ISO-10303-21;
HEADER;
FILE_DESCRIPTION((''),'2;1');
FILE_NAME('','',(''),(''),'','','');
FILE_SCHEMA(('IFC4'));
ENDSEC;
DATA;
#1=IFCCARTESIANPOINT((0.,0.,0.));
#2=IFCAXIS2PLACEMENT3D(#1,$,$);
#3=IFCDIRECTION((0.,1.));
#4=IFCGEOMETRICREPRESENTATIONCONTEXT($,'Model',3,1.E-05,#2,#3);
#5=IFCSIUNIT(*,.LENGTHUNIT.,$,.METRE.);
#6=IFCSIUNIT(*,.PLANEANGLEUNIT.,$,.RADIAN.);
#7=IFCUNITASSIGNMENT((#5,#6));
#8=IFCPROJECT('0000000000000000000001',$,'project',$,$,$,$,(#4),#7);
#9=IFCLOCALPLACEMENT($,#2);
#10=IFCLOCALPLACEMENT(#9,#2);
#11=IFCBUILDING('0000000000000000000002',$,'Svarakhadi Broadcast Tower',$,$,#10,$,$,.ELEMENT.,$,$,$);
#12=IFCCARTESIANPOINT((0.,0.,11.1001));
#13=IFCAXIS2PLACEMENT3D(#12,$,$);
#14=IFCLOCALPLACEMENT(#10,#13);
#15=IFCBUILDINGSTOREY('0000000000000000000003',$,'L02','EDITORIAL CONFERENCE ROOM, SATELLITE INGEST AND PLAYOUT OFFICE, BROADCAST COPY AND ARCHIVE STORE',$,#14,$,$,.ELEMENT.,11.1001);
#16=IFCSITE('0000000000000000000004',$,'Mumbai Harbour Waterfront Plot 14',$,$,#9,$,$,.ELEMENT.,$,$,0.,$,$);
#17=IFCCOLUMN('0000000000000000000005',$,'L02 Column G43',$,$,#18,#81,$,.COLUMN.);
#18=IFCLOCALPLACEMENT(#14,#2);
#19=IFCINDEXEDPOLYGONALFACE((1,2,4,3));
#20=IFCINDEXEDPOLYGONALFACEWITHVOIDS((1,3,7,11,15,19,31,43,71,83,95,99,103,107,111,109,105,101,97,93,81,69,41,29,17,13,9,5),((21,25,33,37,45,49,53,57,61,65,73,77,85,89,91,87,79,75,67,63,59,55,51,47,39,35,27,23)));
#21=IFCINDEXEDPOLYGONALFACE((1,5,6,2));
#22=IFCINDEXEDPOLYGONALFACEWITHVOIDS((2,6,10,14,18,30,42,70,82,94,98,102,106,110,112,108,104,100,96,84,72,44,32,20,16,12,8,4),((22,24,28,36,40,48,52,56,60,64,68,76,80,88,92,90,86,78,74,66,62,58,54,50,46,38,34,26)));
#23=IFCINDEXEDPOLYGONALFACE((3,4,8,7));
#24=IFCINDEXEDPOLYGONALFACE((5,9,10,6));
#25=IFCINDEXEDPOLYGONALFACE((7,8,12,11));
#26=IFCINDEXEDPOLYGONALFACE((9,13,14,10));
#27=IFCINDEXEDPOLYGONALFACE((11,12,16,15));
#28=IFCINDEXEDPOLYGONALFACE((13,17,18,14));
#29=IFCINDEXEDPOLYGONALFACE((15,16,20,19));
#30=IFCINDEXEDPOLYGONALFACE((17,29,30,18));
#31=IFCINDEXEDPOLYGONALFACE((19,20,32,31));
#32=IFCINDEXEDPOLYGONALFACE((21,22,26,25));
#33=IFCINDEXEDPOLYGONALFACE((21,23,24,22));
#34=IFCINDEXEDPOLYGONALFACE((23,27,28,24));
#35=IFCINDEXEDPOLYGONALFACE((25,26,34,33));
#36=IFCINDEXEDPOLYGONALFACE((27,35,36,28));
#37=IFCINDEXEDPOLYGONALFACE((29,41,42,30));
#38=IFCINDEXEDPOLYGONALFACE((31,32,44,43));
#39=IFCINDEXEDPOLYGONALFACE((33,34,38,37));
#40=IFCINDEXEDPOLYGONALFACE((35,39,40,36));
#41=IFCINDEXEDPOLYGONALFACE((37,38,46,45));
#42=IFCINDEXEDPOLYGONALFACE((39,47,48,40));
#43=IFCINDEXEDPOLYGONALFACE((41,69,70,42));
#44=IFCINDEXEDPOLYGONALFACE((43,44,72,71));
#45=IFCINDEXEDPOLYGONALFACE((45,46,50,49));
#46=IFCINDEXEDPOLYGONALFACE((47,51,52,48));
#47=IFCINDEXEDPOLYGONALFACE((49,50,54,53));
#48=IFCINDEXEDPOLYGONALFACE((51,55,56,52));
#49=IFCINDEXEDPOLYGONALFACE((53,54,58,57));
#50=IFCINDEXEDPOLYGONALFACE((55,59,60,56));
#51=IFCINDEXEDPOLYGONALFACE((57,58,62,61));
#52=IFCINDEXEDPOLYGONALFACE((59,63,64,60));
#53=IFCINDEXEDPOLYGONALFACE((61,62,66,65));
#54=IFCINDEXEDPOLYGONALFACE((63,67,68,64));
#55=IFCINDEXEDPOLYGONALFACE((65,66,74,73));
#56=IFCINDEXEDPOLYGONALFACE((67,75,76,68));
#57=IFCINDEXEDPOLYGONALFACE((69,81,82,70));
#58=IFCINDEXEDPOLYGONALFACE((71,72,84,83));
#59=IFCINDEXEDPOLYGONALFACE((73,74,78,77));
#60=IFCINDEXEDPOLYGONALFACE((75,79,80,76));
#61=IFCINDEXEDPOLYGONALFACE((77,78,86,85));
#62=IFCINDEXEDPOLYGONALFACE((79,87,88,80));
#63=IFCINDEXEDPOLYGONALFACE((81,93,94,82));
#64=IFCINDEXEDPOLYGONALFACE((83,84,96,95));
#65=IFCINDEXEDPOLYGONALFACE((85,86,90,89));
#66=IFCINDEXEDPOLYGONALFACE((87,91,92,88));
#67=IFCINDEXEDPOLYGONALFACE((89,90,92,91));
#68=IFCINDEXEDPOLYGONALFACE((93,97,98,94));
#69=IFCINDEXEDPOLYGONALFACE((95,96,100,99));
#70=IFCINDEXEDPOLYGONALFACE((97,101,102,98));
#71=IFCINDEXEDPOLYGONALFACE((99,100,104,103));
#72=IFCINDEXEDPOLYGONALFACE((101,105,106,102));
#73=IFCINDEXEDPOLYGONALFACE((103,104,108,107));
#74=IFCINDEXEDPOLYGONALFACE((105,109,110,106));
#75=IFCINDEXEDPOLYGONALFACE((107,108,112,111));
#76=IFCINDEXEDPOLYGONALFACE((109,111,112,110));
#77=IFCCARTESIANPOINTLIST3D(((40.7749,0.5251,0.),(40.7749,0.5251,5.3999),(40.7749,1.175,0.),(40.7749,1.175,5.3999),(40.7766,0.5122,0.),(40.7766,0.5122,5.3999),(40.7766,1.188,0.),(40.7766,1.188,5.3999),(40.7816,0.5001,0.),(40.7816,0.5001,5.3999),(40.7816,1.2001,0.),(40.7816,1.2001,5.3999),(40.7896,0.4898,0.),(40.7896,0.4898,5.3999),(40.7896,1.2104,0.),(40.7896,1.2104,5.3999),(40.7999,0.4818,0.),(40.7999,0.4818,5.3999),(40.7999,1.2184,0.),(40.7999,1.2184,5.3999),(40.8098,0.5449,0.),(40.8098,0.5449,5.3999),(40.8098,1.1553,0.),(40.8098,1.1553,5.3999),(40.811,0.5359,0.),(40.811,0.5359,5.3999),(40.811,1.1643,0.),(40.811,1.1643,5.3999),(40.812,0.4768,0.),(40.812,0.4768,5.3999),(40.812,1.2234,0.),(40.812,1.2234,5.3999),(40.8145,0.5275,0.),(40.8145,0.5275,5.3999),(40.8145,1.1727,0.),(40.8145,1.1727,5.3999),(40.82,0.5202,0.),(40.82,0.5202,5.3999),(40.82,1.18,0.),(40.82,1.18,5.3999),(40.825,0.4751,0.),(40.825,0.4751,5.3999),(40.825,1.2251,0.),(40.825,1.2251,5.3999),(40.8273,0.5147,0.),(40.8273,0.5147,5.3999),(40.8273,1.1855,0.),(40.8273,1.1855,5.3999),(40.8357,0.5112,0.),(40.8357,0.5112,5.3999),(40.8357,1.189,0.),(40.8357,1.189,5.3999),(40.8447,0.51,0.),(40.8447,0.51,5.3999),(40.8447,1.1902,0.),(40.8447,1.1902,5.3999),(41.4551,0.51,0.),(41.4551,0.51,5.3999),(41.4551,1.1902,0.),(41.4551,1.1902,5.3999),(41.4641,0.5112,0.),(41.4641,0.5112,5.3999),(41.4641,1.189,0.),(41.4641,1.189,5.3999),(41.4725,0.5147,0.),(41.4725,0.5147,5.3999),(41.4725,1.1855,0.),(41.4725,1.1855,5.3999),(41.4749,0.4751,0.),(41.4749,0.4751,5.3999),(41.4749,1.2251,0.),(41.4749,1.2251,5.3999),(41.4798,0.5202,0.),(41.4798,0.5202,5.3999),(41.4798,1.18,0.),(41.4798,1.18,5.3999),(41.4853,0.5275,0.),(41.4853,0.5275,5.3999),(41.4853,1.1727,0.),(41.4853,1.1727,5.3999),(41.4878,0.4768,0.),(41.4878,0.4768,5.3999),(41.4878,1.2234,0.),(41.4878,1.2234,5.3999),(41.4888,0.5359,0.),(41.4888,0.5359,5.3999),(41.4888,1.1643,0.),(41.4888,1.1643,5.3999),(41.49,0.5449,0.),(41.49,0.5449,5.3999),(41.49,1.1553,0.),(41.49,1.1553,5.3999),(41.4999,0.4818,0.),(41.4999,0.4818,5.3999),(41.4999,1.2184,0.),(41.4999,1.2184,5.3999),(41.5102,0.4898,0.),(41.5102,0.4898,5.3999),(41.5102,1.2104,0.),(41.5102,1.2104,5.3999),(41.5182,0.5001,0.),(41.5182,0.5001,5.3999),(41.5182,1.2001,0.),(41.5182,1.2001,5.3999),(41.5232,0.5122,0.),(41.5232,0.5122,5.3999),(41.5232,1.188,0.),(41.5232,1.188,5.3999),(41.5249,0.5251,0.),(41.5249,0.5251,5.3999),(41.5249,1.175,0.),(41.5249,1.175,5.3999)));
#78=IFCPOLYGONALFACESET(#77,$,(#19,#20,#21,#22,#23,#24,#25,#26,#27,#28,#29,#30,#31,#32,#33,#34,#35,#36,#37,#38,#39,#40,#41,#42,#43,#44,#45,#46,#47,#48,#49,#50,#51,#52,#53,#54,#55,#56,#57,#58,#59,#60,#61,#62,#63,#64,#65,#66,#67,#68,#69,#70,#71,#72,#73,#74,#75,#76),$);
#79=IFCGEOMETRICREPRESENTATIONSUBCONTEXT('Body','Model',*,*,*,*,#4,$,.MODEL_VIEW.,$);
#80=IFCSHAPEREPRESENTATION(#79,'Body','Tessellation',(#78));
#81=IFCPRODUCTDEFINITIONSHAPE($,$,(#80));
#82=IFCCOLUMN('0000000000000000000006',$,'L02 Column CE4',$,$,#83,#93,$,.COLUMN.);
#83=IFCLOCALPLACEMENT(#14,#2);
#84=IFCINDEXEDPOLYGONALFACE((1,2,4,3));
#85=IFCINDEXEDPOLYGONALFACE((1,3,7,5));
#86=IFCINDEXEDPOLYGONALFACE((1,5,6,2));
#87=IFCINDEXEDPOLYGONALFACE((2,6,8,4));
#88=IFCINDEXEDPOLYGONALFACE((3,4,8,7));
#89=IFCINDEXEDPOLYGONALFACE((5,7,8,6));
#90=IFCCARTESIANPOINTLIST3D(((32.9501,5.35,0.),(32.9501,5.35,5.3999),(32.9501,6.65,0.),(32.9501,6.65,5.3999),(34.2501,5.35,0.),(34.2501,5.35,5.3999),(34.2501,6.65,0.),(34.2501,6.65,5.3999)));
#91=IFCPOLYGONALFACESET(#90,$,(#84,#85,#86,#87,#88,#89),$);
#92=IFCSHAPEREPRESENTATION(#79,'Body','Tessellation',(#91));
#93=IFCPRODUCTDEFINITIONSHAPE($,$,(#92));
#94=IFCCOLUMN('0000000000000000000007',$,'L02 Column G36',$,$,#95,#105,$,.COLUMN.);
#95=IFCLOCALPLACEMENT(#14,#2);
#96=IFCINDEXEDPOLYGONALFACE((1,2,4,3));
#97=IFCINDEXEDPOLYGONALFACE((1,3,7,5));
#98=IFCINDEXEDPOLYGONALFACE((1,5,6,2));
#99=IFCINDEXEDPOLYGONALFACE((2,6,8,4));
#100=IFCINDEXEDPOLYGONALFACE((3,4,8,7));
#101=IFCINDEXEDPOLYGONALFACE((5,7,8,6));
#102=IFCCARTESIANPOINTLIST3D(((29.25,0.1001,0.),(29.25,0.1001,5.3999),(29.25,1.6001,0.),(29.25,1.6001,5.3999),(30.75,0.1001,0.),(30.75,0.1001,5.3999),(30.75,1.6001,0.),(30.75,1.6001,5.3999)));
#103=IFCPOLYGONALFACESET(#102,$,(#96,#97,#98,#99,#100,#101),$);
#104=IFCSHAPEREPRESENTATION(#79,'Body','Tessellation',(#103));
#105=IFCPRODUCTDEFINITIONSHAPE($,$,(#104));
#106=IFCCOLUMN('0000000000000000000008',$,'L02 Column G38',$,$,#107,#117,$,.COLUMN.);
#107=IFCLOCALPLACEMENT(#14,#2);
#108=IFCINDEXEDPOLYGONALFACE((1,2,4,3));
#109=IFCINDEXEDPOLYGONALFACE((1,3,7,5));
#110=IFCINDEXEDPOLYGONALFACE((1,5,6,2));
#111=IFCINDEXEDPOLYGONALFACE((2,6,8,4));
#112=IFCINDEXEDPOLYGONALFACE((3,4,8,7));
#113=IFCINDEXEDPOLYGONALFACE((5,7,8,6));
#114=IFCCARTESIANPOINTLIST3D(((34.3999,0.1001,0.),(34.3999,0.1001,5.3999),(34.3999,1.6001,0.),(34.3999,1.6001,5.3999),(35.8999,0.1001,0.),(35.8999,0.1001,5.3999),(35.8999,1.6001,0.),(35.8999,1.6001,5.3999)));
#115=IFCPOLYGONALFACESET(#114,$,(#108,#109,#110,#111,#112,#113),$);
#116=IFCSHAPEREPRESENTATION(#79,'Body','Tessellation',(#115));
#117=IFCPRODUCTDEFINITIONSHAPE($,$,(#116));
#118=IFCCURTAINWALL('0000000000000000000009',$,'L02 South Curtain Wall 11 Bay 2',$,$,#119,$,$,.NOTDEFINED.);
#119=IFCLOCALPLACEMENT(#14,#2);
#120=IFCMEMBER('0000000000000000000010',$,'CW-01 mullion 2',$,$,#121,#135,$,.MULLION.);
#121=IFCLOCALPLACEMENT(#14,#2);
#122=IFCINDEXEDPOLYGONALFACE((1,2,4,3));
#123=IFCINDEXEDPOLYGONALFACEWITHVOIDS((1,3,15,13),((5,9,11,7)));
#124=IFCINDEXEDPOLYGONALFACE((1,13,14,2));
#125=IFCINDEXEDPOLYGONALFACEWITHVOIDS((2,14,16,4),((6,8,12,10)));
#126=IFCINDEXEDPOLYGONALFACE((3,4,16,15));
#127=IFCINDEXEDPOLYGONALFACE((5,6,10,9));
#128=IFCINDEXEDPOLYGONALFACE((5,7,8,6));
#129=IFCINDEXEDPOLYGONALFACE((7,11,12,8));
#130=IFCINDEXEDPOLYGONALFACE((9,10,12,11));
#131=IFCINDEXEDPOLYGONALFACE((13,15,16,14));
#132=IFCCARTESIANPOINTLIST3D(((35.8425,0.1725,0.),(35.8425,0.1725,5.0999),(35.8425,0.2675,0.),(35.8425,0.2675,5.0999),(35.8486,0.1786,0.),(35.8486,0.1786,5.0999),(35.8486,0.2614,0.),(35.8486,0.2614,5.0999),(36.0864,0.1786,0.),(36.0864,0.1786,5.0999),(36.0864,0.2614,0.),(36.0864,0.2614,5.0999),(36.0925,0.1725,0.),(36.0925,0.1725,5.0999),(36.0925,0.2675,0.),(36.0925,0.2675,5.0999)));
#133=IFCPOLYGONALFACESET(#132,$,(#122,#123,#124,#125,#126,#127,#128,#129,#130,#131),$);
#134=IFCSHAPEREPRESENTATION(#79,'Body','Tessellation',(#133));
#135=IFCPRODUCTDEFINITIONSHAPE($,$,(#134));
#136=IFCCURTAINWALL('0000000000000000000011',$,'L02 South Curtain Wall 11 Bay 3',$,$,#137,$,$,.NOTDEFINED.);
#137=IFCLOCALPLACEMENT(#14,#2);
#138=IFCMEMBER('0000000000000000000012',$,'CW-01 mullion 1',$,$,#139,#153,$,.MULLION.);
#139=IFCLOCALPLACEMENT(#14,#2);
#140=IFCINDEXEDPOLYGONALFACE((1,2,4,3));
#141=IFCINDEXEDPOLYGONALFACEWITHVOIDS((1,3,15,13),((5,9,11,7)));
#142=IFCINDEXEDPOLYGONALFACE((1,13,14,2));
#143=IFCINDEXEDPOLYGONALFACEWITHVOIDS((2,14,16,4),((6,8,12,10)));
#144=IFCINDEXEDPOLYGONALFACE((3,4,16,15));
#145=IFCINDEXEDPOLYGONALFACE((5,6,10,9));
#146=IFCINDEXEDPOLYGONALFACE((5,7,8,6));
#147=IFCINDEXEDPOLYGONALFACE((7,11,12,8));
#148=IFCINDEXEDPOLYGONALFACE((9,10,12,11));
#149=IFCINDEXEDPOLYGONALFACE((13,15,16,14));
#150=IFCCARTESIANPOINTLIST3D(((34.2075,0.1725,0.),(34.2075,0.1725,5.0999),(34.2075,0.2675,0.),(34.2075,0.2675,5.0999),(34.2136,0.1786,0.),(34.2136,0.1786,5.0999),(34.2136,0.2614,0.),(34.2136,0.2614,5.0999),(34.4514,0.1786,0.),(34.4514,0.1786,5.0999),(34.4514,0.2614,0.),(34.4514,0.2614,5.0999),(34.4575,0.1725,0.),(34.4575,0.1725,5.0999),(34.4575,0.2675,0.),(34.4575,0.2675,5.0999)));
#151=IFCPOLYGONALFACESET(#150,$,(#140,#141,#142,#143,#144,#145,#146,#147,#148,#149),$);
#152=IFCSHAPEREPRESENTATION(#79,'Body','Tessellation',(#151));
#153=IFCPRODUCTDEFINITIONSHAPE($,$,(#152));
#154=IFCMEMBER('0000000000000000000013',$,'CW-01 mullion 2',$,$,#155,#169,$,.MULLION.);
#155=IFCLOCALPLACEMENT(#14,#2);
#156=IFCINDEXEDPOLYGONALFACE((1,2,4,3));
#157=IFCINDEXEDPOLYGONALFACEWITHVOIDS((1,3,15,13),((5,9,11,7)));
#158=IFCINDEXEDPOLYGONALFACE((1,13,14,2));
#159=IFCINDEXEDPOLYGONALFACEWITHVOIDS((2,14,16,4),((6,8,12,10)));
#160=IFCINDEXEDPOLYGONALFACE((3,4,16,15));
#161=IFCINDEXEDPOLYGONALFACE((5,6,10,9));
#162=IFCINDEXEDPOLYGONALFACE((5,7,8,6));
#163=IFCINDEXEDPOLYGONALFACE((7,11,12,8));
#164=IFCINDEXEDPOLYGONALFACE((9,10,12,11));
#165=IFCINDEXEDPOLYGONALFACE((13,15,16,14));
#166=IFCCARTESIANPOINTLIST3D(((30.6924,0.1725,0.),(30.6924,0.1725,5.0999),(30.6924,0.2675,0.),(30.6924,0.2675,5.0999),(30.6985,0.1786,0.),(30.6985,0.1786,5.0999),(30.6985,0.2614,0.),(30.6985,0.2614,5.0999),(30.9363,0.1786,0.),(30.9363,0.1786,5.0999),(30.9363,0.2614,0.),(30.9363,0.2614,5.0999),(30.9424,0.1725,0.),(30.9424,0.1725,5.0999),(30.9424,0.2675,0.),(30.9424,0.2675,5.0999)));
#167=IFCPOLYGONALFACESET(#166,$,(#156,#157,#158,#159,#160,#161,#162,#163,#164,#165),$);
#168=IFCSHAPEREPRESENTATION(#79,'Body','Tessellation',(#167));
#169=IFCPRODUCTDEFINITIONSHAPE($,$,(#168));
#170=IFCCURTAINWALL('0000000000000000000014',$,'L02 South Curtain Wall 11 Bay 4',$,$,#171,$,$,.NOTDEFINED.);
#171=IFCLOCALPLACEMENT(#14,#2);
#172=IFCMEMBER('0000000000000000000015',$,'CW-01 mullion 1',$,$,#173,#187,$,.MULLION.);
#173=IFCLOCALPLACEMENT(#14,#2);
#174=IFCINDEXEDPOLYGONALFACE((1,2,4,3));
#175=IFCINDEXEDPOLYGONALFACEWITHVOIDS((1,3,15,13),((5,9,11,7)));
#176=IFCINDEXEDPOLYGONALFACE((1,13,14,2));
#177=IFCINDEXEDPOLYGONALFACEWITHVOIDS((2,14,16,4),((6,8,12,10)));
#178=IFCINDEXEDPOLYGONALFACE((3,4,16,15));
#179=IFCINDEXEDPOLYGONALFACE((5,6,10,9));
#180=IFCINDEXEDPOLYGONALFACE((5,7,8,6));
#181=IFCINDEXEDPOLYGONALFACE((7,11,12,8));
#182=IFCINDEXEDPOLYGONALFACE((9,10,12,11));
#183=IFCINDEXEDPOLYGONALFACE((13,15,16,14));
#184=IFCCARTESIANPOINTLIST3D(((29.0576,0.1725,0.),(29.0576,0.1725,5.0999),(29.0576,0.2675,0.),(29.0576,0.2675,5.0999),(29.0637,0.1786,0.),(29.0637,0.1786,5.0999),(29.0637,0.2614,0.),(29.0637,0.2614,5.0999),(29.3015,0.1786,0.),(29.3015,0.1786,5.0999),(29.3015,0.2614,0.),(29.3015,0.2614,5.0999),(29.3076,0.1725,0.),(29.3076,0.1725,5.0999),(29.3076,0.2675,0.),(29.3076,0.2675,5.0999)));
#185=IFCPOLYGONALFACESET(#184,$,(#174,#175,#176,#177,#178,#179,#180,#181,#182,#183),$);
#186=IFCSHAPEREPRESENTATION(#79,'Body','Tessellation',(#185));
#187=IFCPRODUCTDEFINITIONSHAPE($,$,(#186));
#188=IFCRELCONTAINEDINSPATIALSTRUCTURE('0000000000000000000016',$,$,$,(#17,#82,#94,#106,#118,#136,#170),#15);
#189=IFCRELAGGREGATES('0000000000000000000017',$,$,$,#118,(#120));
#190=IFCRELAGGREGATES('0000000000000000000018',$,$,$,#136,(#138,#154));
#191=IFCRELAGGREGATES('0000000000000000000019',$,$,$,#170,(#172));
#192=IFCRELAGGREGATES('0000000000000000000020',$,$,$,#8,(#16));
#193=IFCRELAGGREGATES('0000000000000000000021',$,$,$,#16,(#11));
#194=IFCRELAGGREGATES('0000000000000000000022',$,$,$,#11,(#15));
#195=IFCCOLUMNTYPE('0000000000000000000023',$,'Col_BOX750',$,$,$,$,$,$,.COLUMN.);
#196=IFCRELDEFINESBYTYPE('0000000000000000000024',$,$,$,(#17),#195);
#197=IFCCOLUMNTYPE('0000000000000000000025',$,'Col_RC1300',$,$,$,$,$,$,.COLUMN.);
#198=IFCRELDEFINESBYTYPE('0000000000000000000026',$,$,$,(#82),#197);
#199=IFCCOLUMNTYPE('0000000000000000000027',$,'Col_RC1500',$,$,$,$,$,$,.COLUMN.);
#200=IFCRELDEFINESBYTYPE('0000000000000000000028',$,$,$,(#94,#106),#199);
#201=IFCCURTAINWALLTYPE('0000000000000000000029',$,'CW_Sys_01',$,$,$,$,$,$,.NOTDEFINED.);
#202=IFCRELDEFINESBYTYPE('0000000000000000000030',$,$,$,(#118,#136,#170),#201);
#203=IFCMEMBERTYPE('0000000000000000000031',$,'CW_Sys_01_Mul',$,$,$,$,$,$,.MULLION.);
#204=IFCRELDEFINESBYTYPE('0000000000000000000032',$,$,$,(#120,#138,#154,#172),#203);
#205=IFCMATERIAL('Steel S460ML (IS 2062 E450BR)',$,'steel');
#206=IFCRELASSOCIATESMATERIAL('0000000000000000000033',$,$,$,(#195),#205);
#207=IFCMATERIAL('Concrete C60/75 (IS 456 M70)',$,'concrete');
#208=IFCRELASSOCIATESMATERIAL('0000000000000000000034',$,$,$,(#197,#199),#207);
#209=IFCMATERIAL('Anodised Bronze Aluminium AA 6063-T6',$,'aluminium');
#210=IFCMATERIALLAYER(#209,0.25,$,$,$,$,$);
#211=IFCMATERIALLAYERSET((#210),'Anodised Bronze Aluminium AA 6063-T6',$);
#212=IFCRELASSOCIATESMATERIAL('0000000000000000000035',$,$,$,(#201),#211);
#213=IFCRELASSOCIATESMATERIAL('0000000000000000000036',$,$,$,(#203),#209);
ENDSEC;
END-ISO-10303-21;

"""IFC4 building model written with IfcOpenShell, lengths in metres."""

from ifc_helpers import new_model, si_unit, direction, frame, origin, origin_2d, place, context, subcontext, project, spatial, rectangle, hollow_rectangle, extrude, material, layer, layer_set, material_profile, profile_set, type_object, element, aggregate, save


model = new_model("IFC4")

# Units and contexts
model_context = context("Model", 3, precision=1e-05, world=origin(), true_north=direction((0.0, 1.0)))
body_context = subcontext(model_context, "Body", "Model", "MODEL_VIEW")
ifc_project = project(units=[si_unit("LENGTHUNIT", "METRE"), si_unit("PLANEANGLEUNIT", "RADIAN")], contexts=[model_context])

# Site, building, storey
site_placement = place(None, origin())
site = spatial("IfcSite", under=ifc_project, at=site_placement, Name="Mumbai Harbour Waterfront Plot 14", CompositionType="ELEMENT", RefElevation=0.0)
building_placement = place(site_placement, origin())
building = spatial("IfcBuilding", under=site, at=building_placement, Name="Svarakhadi Broadcast Tower", CompositionType="ELEMENT")
storey_placement = place(building_placement, frame((0.0, 0.0, 11.1001)))
storey = spatial("IfcBuildingStorey", under=building, at=storey_placement, Name="L02", Description="EDITORIAL CONFERENCE ROOM, SATELLITE INGEST AND PLAYOUT OFFICE, BROADCAST COPY AND ARCHIVE STORE", CompositionType="ELEMENT", Elevation=11.1001)

# Columns
ifc_material_1 = material(Name="Steel S460ML (IS 2062 E450BR)", Category="steel")
ifc_material_profile_1 = material_profile(ifc_material_1, hollow_rectangle(XDim=0.75, YDim=0.75, WallThickness=0.0349, InnerFilletRadius=0.0349, OuterFilletRadius=0.05, at=origin_2d()), Name="BOX 750x750x35")
ifc_profile_set_1 = profile_set([ifc_material_profile_1], Name="Steel S460ML (IS 2062 E450BR)")
column_type_1 = type_object("IfcColumnType", Name="Col_BOX750", PredefinedType="COLUMN", material=ifc_profile_set_1)
column_1_placement = place(storey_placement, frame((41.1499, 0.8501, 0.0), z_axis=(0.0, 0.0, 1.0), x_axis=(1.0, 0.0, 0.0)))
element("IfcColumn", 1, at=column_1_placement, inside=storey, type_object=column_type_1, Name="L02 Column G43", PredefinedType="COLUMN", context=body_context, shape_type="SweptSolid", body=[
    extrude(hollow_rectangle(XDim=0.75, YDim=0.75, WallThickness=0.0349, InnerFilletRadius=0.0349, OuterFilletRadius=0.05, at=origin_2d()), origin(), (0.0, 0.0, 1.0), 5.3999),
])
ifc_material_2 = material(Name="Concrete C60/75 (IS 456 M70)", Category="concrete")
ifc_material_profile_2 = material_profile(ifc_material_2, rectangle(XDim=1.3, YDim=1.3, at=origin_2d()), Name="RC 1300x1300")
ifc_profile_set_2 = profile_set([ifc_material_profile_2], Name="Concrete C60/75 (IS 456 M70)")
column_type_2 = type_object("IfcColumnType", Name="Col_RC1300", PredefinedType="COLUMN", material=ifc_profile_set_2)
column_2_placement = place(storey_placement, frame((33.6001, 6.0, 0.0), z_axis=(0.0, 0.0, 1.0), x_axis=(1.0, 0.0, 0.0)))
element("IfcColumn", 2, at=column_2_placement, inside=storey, type_object=column_type_2, Name="L02 Column CE4", PredefinedType="COLUMN", context=body_context, shape_type="SweptSolid", body=[
    extrude(rectangle(XDim=1.3, YDim=1.3, at=origin_2d()), origin(), (0.0, 0.0, 1.0), 5.3999),
])
ifc_material_profile_3 = material_profile(ifc_material_2, rectangle(XDim=1.5, YDim=1.5, at=origin_2d()), Name="RC 1500x1500")
ifc_profile_set_3 = profile_set([ifc_material_profile_3], Name="Concrete C60/75 (IS 456 M70)")
column_type_3 = type_object("IfcColumnType", Name="Col_RC1500", PredefinedType="COLUMN", material=ifc_profile_set_3)
for number, where, z_axis, x_axis, name in (
    (3, (30.0, 0.8501, 0.0), (0.0, 0.0, 1.0), (1.0, 0.0, 0.0), "L02 Column G36"),
    (4, (35.1499, 0.8501, 0.0), (0.0, 0.0, 1.0), (1.0, 0.0, 0.0), "L02 Column G38"),
):
    element("IfcColumn", number, at=place(storey_placement, frame(where, z_axis=z_axis, x_axis=x_axis)), inside=storey, type_object=column_type_3, Name=name, PredefinedType="COLUMN", context=body_context, shape_type="SweptSolid", body=[
        extrude(rectangle(XDim=1.5, YDim=1.5, at=origin_2d()), origin(), (0.0, 0.0, 1.0), 5.3999),
    ])

# Curtain wall, member
ifc_material_3 = material(Name="Anodised Bronze Aluminium AA 6063-T6", Category="aluminium")
ifc_layer_1 = layer(ifc_material_3, 0.25)
ifc_layer_set_1 = layer_set([ifc_layer_1], Name="Anodised Bronze Aluminium AA 6063-T6")
curtain_wall_type = type_object("IfcCurtainWallType", Name="CW_Sys_01", PredefinedType="NOTDEFINED", material=ifc_layer_set_1)
curtain_wall_1_placement = place(storey_placement, origin())
curtain_wall_1 = element("IfcCurtainWall", 5, at=curtain_wall_1_placement, inside=storey, type_object=curtain_wall_type, Name="L02 South Curtain Wall 11 Bay 2", PredefinedType="NOTDEFINED")
ifc_material_profile_4 = material_profile(ifc_material_3, hollow_rectangle(XDim=0.095, YDim=0.25, WallThickness=0.0061, at=origin_2d()), Name="ALU MULLION 250x95x6")
ifc_profile_set_4 = profile_set([ifc_material_profile_4], Name="Anodised Bronze Aluminium AA 6063-T6")
member_type_1 = type_object("IfcMemberType", Name="CW_Sys_01_Mul", PredefinedType="MULLION", material=ifc_profile_set_4)
member_1_placement = place(storey_placement, frame((35.9675, 0.22, 0.0), z_axis=(0.0, 0.0, 1.0), x_axis=(0.0, -1.0, 0.0)))
member_1 = element("IfcMember", 6, at=member_1_placement, type_object=member_type_1, Name="CW-01 mullion 2", PredefinedType="MULLION", context=body_context, shape_type="SweptSolid", body=[
    extrude(hollow_rectangle(XDim=0.095, YDim=0.25, WallThickness=0.0061, at=origin_2d()), origin(), (0.0, 0.0, 1.0), 5.0999),
])

# Curtain walls, members
curtain_wall_2_placement = place(storey_placement, origin())
curtain_wall_2 = element("IfcCurtainWall", 7, at=curtain_wall_2_placement, inside=storey, type_object=curtain_wall_type, Name="L02 South Curtain Wall 11 Bay 3", PredefinedType="NOTDEFINED")
member_2_placement = place(storey_placement, frame((34.3325, 0.22, 0.0), z_axis=(0.0, 0.0, 1.0), x_axis=(0.0, -1.0, 0.0)))
member_2 = element("IfcMember", 8, at=member_2_placement, type_object=member_type_1, Name="CW-01 mullion 1", PredefinedType="MULLION", context=body_context, shape_type="SweptSolid", body=[
    extrude(hollow_rectangle(XDim=0.095, YDim=0.25, WallThickness=0.0061, at=origin_2d()), origin(), (0.0, 0.0, 1.0), 5.0999),
])
member_3_placement = place(storey_placement, frame((30.8174, 0.22, 0.0), z_axis=(0.0, 0.0, 1.0), x_axis=(0.0, -1.0, 0.0)))
member_3 = element("IfcMember", 9, at=member_3_placement, type_object=member_type_1, Name="CW-01 mullion 2", PredefinedType="MULLION", context=body_context, shape_type="SweptSolid", body=[
    extrude(hollow_rectangle(XDim=0.095, YDim=0.25, WallThickness=0.0061, at=origin_2d()), origin(), (0.0, 0.0, 1.0), 5.0999),
])
curtain_wall_3_placement = place(storey_placement, origin())
curtain_wall_3 = element("IfcCurtainWall", 10, at=curtain_wall_3_placement, inside=storey, type_object=curtain_wall_type, Name="L02 South Curtain Wall 11 Bay 4", PredefinedType="NOTDEFINED")
member_4_placement = place(storey_placement, frame((29.1826, 0.22, 0.0), z_axis=(0.0, 0.0, 1.0), x_axis=(0.0, -1.0, 0.0)))
member_4 = element("IfcMember", 11, at=member_4_placement, type_object=member_type_1, Name="CW-01 mullion 1", PredefinedType="MULLION", context=body_context, shape_type="SweptSolid", body=[
    extrude(hollow_rectangle(XDim=0.095, YDim=0.25, WallThickness=0.0061, at=origin_2d()), origin(), (0.0, 0.0, 1.0), 5.0999),
])

aggregate(curtain_wall_1, [member_1])
aggregate(curtain_wall_2, [member_2, member_3])
aggregate(curtain_wall_3, [member_4])

save(model, "model.ifc")
